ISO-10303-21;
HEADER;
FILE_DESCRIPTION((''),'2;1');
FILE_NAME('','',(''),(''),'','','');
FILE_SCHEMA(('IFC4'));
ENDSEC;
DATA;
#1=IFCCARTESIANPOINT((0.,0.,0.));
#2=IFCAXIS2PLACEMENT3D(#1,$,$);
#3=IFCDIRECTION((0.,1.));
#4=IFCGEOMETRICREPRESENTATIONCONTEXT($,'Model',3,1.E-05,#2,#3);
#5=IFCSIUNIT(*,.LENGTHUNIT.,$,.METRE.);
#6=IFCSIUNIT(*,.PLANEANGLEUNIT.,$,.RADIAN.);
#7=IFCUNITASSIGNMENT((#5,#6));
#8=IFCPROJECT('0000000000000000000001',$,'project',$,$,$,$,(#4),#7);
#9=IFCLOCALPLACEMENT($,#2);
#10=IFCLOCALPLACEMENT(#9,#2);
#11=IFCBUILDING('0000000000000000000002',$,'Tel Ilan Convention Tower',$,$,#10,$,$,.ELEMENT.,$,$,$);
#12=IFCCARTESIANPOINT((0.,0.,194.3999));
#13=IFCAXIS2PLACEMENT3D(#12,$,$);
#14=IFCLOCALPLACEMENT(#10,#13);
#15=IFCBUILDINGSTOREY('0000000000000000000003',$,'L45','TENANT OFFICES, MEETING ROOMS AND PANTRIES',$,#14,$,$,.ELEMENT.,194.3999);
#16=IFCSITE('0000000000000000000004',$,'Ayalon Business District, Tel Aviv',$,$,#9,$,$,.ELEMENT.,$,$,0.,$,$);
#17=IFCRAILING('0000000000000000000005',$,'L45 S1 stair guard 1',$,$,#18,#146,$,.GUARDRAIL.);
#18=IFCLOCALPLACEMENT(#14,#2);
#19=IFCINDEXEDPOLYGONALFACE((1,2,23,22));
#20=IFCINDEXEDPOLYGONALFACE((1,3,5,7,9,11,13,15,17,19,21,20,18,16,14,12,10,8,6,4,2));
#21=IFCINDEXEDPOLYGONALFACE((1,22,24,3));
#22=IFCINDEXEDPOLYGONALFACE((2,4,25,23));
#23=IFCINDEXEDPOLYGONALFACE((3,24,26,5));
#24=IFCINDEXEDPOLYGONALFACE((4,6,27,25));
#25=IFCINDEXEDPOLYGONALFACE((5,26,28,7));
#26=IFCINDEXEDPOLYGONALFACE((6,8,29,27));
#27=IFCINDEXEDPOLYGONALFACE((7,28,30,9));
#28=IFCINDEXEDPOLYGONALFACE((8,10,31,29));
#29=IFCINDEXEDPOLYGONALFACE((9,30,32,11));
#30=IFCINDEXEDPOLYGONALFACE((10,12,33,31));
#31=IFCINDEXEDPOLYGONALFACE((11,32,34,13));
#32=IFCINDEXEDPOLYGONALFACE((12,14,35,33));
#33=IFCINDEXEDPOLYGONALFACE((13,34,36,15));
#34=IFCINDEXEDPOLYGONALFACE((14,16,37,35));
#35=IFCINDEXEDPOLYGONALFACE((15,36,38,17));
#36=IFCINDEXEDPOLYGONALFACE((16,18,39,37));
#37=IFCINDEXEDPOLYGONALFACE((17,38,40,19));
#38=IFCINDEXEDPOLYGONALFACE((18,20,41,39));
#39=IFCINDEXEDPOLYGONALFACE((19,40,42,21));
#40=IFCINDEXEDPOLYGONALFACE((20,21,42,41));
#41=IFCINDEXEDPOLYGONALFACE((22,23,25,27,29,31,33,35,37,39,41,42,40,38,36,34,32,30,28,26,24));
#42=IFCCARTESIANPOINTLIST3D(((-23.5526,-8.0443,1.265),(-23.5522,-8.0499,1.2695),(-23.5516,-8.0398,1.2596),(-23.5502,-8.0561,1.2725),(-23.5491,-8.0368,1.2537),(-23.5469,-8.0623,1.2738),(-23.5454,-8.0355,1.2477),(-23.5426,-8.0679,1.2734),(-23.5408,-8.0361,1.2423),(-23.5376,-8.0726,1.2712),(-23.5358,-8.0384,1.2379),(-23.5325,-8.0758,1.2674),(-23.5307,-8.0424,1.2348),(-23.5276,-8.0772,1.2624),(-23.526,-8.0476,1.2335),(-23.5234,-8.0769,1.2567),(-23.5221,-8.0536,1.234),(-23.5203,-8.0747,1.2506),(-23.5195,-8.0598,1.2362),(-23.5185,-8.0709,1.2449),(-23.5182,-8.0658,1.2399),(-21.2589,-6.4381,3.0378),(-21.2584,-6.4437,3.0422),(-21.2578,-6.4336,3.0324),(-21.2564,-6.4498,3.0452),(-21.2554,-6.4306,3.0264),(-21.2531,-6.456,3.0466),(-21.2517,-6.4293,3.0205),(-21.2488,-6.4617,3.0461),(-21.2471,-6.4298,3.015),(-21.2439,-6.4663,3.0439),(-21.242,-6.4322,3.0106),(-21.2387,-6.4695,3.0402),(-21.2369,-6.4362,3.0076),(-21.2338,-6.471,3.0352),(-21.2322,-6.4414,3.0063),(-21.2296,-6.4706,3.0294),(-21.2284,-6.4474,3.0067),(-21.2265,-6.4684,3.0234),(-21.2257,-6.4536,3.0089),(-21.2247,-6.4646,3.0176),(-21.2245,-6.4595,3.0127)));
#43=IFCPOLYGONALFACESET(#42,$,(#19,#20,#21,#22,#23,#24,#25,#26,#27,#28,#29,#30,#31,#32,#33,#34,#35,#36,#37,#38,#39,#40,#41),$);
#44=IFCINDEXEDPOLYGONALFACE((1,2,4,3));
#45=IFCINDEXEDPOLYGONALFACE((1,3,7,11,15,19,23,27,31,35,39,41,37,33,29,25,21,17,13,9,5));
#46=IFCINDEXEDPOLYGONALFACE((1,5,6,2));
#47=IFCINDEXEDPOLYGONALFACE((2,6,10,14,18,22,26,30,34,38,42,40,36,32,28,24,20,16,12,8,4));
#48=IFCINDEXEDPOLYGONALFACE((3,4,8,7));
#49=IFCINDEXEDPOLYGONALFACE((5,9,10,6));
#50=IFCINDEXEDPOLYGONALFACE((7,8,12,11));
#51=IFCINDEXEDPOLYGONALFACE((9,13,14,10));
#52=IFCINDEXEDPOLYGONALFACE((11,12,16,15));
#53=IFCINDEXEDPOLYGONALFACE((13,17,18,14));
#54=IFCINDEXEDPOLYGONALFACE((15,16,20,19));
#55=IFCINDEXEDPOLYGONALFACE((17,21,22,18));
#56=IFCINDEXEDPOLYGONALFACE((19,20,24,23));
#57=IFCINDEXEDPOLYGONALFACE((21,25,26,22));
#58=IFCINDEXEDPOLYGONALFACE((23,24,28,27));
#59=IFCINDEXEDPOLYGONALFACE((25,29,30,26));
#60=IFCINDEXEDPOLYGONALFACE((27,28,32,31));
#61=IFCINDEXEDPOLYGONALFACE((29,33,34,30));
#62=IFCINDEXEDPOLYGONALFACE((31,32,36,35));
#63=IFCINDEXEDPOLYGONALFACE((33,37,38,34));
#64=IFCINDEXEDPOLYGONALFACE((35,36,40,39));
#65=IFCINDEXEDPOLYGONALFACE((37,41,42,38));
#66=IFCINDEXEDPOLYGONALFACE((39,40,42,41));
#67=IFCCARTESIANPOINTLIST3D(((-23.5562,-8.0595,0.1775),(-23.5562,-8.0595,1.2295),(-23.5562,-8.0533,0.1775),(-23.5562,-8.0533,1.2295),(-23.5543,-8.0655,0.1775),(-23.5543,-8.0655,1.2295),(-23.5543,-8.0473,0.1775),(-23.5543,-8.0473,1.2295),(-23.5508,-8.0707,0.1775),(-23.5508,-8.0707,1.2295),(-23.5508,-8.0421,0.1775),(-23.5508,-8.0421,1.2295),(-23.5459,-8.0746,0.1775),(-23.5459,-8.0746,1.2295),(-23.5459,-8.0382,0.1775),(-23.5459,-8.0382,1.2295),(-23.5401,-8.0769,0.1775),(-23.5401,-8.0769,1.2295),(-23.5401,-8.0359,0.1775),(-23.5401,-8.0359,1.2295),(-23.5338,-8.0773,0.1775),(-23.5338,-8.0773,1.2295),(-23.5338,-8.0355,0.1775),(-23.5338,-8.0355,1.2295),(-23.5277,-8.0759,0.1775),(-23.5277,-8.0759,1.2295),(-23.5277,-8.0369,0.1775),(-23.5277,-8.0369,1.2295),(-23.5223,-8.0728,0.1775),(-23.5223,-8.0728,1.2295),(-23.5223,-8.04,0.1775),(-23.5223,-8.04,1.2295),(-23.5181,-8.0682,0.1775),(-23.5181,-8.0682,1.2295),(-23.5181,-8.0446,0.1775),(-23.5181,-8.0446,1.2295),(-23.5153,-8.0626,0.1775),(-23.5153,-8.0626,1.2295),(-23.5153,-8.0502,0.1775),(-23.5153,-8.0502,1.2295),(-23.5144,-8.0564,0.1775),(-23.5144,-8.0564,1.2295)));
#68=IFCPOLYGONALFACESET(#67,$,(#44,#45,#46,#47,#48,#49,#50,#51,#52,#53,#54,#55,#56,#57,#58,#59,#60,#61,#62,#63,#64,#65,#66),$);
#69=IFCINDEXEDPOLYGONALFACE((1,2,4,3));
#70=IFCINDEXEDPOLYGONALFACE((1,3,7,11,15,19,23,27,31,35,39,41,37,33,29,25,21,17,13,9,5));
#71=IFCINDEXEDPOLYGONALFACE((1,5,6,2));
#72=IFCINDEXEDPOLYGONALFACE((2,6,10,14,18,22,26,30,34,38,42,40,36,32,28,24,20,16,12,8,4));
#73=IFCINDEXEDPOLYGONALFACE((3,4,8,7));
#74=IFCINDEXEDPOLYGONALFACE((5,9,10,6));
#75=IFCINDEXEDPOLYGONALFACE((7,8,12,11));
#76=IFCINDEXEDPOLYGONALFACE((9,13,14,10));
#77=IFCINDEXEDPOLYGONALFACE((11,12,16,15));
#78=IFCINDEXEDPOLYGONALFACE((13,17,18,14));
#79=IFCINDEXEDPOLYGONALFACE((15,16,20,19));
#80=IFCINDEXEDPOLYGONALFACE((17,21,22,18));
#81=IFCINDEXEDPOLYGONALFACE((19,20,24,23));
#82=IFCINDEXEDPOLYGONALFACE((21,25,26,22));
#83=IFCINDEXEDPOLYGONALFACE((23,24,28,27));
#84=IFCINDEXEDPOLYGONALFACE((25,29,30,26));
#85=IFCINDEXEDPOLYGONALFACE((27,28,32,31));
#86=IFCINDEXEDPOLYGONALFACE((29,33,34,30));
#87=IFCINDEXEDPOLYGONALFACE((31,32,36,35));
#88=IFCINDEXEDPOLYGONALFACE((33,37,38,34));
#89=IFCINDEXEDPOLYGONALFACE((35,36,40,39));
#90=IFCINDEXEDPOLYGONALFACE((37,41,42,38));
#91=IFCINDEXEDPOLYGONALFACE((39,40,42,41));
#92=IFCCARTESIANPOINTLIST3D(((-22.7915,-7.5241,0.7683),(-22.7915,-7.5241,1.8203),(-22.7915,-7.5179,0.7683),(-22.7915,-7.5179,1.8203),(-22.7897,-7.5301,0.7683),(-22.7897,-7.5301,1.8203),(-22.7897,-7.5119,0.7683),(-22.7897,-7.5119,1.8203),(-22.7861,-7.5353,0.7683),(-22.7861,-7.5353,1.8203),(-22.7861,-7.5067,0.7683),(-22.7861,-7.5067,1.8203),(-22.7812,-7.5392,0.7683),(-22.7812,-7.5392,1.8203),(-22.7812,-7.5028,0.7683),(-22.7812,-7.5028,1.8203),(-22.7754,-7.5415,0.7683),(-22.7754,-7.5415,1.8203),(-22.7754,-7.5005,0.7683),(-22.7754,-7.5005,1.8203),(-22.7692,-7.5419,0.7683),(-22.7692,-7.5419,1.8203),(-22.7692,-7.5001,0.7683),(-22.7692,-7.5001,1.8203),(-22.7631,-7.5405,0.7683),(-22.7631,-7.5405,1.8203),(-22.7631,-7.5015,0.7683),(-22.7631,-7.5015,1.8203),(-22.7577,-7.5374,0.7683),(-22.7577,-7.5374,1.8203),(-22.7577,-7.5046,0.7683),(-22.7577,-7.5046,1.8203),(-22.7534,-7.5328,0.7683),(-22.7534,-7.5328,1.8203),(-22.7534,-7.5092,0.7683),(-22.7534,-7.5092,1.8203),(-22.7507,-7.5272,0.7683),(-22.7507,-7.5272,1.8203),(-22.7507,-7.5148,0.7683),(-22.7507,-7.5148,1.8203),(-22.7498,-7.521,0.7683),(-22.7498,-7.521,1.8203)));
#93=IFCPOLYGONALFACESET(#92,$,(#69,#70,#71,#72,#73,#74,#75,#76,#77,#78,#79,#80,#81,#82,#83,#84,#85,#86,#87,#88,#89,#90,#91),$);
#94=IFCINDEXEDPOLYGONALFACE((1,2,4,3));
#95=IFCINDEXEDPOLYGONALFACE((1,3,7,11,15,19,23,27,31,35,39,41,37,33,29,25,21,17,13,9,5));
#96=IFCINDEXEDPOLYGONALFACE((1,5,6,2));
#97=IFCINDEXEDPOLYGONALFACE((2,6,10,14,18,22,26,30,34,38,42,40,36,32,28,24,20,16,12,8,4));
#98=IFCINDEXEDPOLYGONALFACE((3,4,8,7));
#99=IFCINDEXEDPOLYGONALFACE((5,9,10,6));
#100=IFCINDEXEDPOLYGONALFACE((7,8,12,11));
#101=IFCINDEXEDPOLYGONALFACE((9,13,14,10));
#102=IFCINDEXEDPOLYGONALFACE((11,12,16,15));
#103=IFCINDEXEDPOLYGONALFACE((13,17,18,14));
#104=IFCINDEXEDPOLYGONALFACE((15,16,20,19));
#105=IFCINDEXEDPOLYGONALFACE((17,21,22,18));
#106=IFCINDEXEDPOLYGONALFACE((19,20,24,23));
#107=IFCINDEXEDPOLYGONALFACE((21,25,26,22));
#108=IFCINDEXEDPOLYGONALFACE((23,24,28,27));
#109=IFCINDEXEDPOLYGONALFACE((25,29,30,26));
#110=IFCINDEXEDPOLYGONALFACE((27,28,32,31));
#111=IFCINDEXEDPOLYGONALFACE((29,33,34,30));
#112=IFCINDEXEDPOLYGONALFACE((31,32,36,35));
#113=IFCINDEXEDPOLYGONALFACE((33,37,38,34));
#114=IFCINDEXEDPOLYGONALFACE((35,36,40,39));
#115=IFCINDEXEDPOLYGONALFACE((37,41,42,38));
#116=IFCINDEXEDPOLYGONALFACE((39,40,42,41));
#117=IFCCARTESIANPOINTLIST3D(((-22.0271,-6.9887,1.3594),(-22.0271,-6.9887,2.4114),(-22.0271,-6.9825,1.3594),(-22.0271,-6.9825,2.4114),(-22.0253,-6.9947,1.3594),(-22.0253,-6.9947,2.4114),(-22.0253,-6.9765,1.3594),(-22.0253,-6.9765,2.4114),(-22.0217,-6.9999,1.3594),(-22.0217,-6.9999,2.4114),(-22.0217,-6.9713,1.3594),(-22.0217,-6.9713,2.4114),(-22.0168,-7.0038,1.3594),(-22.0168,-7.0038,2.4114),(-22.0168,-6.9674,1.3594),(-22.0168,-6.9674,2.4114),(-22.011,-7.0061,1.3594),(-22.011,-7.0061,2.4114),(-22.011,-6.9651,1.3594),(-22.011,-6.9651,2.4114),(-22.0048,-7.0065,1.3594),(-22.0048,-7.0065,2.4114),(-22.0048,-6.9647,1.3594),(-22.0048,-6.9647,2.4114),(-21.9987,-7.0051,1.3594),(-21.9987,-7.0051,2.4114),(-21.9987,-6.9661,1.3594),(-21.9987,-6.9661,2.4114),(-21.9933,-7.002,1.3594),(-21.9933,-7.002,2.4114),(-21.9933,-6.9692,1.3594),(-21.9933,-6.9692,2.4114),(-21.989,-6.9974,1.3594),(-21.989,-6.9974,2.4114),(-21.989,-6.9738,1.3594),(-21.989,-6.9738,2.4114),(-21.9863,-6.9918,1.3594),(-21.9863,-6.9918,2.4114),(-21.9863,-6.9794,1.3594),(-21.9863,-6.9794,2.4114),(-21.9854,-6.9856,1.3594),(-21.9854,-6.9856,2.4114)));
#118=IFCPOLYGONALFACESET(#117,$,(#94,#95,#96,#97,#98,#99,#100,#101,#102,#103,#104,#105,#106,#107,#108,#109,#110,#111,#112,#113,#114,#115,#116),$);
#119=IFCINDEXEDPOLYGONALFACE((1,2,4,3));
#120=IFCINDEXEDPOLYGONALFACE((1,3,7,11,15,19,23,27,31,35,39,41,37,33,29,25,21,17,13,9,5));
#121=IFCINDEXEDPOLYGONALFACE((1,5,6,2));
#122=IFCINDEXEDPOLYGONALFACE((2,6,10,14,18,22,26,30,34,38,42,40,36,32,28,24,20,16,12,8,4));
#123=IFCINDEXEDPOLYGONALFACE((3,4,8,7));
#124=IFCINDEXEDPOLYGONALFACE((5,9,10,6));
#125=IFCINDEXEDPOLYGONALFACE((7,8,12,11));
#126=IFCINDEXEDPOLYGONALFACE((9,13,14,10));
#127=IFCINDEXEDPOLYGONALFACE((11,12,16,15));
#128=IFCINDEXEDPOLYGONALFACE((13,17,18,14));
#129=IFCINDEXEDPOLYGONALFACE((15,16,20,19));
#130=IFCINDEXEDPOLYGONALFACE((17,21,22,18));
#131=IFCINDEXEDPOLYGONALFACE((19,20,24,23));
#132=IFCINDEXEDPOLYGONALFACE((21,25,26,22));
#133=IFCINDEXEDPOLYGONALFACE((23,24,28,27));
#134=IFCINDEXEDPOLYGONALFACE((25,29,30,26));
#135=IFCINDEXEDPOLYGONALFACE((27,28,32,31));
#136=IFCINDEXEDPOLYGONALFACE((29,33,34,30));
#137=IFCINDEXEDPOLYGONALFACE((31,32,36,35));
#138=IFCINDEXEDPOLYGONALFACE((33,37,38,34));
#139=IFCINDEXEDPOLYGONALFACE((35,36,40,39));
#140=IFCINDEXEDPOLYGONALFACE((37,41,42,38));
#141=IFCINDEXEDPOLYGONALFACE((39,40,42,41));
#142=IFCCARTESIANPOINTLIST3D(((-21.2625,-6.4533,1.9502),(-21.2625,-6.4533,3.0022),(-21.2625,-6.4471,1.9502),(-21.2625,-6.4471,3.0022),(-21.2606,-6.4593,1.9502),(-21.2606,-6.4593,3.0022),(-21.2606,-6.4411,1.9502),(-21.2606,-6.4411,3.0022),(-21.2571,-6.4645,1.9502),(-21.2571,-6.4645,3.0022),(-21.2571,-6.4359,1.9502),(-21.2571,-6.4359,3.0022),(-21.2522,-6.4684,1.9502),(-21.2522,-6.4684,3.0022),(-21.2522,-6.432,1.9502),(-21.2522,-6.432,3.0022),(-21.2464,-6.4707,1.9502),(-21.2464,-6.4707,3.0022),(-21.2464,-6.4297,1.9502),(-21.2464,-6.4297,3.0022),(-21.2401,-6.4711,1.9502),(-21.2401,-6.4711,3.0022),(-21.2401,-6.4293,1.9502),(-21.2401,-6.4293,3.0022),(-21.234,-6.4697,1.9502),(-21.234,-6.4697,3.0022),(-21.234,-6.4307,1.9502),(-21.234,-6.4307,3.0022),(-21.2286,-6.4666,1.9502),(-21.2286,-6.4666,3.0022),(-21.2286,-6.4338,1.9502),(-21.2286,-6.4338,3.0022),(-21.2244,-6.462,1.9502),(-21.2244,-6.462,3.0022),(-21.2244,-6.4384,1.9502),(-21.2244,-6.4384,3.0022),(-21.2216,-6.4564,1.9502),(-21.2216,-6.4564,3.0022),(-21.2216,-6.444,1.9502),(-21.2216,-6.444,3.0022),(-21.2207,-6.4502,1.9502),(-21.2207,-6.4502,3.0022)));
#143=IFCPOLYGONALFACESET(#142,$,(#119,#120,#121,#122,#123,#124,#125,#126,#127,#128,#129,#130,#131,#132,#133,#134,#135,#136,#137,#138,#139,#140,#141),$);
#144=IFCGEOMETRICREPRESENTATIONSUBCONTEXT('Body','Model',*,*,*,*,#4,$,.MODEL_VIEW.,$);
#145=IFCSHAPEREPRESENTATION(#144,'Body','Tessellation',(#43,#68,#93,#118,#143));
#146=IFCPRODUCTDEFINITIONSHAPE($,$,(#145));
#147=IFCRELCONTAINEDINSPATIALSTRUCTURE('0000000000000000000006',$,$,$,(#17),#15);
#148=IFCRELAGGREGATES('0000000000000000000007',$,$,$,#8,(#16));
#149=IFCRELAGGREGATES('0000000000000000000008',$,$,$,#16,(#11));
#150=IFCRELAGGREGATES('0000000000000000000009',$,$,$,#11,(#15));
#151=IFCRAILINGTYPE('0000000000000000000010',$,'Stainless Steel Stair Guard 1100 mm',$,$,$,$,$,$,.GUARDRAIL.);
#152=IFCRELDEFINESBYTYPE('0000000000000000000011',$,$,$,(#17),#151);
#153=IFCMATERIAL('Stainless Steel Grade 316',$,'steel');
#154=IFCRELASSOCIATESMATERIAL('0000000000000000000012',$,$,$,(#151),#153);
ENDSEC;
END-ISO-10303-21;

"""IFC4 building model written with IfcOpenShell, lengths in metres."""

from ifc_helpers import new_model, si_unit, direction, frame, origin, origin_2d, place, context, subcontext, project, spatial, circle, extrude, material, type_object, element, save


model = new_model("IFC4")

# Units and contexts
model_context = context("Model", 3, precision=1e-05, world=origin(), true_north=direction((0.0, 1.0)))
body_context = subcontext(model_context, "Body", "Model", "MODEL_VIEW")
ifc_project = project(units=[si_unit("LENGTHUNIT", "METRE"), si_unit("PLANEANGLEUNIT", "RADIAN")], contexts=[model_context])

# Site, building, storey
site_placement = place(None, origin())
site = spatial("IfcSite", under=ifc_project, at=site_placement, Name="Ayalon Business District, Tel Aviv", CompositionType="ELEMENT", RefElevation=0.0)
building_placement = place(site_placement, origin())
building = spatial("IfcBuilding", under=site, at=building_placement, Name="Tel Ilan Convention Tower", CompositionType="ELEMENT")
storey_placement = place(building_placement, frame((0.0, 0.0, 194.3999)))
storey = spatial("IfcBuildingStorey", under=building, at=storey_placement, Name="L45", Description="TENANT OFFICES, MEETING ROOMS AND PANTRIES", CompositionType="ELEMENT", Elevation=194.3999)

# Railing
ifc_material_1 = material(Name="Stainless Steel Grade 316", Category="steel")
railing_type_1 = type_object("IfcRailingType", Name="Stainless Steel Stair Guard 1100 mm", PredefinedType="GUARDRAIL", material=ifc_material_1)
railing_1_placement = place(storey_placement, frame((-23.5354, -8.0564, 0.1775)))
element("IfcRailing", 1, at=railing_1_placement, inside=storey, type_object=railing_type_1, Name="L45 S1 stair guard 1", PredefinedType="GUARDRAIL", context=body_context, shape_type="SweptSolid", body=[
    extrude(circle(Radius=0.0239, at=origin_2d()), frame((0.0, 0.0, 1.0762), z_axis=(0.692098, 0.484653, 0.534894), x_axis=(-0.573609, 0.81913, 0.0)), (0.0, 0.0, 1.0), 3.3142),
    extrude(circle(Radius=0.021, at=origin_2d()), origin(), (0.0, 0.0, 1.0), 1.052),
    extrude(circle(Radius=0.021, at=origin_2d()), frame((0.7646, 0.5354, 0.5908)), (0.0, 0.0, 1.0), 1.052),
    extrude(circle(Radius=0.021, at=origin_2d()), frame((1.5291, 1.0708, 1.1819)), (0.0, 0.0, 1.0), 1.052),
    extrude(circle(Radius=0.021, at=origin_2d()), frame((2.2937, 1.6062, 1.7727)), (0.0, 0.0, 1.0), 1.052),
])

save(model, "model.ifc")
